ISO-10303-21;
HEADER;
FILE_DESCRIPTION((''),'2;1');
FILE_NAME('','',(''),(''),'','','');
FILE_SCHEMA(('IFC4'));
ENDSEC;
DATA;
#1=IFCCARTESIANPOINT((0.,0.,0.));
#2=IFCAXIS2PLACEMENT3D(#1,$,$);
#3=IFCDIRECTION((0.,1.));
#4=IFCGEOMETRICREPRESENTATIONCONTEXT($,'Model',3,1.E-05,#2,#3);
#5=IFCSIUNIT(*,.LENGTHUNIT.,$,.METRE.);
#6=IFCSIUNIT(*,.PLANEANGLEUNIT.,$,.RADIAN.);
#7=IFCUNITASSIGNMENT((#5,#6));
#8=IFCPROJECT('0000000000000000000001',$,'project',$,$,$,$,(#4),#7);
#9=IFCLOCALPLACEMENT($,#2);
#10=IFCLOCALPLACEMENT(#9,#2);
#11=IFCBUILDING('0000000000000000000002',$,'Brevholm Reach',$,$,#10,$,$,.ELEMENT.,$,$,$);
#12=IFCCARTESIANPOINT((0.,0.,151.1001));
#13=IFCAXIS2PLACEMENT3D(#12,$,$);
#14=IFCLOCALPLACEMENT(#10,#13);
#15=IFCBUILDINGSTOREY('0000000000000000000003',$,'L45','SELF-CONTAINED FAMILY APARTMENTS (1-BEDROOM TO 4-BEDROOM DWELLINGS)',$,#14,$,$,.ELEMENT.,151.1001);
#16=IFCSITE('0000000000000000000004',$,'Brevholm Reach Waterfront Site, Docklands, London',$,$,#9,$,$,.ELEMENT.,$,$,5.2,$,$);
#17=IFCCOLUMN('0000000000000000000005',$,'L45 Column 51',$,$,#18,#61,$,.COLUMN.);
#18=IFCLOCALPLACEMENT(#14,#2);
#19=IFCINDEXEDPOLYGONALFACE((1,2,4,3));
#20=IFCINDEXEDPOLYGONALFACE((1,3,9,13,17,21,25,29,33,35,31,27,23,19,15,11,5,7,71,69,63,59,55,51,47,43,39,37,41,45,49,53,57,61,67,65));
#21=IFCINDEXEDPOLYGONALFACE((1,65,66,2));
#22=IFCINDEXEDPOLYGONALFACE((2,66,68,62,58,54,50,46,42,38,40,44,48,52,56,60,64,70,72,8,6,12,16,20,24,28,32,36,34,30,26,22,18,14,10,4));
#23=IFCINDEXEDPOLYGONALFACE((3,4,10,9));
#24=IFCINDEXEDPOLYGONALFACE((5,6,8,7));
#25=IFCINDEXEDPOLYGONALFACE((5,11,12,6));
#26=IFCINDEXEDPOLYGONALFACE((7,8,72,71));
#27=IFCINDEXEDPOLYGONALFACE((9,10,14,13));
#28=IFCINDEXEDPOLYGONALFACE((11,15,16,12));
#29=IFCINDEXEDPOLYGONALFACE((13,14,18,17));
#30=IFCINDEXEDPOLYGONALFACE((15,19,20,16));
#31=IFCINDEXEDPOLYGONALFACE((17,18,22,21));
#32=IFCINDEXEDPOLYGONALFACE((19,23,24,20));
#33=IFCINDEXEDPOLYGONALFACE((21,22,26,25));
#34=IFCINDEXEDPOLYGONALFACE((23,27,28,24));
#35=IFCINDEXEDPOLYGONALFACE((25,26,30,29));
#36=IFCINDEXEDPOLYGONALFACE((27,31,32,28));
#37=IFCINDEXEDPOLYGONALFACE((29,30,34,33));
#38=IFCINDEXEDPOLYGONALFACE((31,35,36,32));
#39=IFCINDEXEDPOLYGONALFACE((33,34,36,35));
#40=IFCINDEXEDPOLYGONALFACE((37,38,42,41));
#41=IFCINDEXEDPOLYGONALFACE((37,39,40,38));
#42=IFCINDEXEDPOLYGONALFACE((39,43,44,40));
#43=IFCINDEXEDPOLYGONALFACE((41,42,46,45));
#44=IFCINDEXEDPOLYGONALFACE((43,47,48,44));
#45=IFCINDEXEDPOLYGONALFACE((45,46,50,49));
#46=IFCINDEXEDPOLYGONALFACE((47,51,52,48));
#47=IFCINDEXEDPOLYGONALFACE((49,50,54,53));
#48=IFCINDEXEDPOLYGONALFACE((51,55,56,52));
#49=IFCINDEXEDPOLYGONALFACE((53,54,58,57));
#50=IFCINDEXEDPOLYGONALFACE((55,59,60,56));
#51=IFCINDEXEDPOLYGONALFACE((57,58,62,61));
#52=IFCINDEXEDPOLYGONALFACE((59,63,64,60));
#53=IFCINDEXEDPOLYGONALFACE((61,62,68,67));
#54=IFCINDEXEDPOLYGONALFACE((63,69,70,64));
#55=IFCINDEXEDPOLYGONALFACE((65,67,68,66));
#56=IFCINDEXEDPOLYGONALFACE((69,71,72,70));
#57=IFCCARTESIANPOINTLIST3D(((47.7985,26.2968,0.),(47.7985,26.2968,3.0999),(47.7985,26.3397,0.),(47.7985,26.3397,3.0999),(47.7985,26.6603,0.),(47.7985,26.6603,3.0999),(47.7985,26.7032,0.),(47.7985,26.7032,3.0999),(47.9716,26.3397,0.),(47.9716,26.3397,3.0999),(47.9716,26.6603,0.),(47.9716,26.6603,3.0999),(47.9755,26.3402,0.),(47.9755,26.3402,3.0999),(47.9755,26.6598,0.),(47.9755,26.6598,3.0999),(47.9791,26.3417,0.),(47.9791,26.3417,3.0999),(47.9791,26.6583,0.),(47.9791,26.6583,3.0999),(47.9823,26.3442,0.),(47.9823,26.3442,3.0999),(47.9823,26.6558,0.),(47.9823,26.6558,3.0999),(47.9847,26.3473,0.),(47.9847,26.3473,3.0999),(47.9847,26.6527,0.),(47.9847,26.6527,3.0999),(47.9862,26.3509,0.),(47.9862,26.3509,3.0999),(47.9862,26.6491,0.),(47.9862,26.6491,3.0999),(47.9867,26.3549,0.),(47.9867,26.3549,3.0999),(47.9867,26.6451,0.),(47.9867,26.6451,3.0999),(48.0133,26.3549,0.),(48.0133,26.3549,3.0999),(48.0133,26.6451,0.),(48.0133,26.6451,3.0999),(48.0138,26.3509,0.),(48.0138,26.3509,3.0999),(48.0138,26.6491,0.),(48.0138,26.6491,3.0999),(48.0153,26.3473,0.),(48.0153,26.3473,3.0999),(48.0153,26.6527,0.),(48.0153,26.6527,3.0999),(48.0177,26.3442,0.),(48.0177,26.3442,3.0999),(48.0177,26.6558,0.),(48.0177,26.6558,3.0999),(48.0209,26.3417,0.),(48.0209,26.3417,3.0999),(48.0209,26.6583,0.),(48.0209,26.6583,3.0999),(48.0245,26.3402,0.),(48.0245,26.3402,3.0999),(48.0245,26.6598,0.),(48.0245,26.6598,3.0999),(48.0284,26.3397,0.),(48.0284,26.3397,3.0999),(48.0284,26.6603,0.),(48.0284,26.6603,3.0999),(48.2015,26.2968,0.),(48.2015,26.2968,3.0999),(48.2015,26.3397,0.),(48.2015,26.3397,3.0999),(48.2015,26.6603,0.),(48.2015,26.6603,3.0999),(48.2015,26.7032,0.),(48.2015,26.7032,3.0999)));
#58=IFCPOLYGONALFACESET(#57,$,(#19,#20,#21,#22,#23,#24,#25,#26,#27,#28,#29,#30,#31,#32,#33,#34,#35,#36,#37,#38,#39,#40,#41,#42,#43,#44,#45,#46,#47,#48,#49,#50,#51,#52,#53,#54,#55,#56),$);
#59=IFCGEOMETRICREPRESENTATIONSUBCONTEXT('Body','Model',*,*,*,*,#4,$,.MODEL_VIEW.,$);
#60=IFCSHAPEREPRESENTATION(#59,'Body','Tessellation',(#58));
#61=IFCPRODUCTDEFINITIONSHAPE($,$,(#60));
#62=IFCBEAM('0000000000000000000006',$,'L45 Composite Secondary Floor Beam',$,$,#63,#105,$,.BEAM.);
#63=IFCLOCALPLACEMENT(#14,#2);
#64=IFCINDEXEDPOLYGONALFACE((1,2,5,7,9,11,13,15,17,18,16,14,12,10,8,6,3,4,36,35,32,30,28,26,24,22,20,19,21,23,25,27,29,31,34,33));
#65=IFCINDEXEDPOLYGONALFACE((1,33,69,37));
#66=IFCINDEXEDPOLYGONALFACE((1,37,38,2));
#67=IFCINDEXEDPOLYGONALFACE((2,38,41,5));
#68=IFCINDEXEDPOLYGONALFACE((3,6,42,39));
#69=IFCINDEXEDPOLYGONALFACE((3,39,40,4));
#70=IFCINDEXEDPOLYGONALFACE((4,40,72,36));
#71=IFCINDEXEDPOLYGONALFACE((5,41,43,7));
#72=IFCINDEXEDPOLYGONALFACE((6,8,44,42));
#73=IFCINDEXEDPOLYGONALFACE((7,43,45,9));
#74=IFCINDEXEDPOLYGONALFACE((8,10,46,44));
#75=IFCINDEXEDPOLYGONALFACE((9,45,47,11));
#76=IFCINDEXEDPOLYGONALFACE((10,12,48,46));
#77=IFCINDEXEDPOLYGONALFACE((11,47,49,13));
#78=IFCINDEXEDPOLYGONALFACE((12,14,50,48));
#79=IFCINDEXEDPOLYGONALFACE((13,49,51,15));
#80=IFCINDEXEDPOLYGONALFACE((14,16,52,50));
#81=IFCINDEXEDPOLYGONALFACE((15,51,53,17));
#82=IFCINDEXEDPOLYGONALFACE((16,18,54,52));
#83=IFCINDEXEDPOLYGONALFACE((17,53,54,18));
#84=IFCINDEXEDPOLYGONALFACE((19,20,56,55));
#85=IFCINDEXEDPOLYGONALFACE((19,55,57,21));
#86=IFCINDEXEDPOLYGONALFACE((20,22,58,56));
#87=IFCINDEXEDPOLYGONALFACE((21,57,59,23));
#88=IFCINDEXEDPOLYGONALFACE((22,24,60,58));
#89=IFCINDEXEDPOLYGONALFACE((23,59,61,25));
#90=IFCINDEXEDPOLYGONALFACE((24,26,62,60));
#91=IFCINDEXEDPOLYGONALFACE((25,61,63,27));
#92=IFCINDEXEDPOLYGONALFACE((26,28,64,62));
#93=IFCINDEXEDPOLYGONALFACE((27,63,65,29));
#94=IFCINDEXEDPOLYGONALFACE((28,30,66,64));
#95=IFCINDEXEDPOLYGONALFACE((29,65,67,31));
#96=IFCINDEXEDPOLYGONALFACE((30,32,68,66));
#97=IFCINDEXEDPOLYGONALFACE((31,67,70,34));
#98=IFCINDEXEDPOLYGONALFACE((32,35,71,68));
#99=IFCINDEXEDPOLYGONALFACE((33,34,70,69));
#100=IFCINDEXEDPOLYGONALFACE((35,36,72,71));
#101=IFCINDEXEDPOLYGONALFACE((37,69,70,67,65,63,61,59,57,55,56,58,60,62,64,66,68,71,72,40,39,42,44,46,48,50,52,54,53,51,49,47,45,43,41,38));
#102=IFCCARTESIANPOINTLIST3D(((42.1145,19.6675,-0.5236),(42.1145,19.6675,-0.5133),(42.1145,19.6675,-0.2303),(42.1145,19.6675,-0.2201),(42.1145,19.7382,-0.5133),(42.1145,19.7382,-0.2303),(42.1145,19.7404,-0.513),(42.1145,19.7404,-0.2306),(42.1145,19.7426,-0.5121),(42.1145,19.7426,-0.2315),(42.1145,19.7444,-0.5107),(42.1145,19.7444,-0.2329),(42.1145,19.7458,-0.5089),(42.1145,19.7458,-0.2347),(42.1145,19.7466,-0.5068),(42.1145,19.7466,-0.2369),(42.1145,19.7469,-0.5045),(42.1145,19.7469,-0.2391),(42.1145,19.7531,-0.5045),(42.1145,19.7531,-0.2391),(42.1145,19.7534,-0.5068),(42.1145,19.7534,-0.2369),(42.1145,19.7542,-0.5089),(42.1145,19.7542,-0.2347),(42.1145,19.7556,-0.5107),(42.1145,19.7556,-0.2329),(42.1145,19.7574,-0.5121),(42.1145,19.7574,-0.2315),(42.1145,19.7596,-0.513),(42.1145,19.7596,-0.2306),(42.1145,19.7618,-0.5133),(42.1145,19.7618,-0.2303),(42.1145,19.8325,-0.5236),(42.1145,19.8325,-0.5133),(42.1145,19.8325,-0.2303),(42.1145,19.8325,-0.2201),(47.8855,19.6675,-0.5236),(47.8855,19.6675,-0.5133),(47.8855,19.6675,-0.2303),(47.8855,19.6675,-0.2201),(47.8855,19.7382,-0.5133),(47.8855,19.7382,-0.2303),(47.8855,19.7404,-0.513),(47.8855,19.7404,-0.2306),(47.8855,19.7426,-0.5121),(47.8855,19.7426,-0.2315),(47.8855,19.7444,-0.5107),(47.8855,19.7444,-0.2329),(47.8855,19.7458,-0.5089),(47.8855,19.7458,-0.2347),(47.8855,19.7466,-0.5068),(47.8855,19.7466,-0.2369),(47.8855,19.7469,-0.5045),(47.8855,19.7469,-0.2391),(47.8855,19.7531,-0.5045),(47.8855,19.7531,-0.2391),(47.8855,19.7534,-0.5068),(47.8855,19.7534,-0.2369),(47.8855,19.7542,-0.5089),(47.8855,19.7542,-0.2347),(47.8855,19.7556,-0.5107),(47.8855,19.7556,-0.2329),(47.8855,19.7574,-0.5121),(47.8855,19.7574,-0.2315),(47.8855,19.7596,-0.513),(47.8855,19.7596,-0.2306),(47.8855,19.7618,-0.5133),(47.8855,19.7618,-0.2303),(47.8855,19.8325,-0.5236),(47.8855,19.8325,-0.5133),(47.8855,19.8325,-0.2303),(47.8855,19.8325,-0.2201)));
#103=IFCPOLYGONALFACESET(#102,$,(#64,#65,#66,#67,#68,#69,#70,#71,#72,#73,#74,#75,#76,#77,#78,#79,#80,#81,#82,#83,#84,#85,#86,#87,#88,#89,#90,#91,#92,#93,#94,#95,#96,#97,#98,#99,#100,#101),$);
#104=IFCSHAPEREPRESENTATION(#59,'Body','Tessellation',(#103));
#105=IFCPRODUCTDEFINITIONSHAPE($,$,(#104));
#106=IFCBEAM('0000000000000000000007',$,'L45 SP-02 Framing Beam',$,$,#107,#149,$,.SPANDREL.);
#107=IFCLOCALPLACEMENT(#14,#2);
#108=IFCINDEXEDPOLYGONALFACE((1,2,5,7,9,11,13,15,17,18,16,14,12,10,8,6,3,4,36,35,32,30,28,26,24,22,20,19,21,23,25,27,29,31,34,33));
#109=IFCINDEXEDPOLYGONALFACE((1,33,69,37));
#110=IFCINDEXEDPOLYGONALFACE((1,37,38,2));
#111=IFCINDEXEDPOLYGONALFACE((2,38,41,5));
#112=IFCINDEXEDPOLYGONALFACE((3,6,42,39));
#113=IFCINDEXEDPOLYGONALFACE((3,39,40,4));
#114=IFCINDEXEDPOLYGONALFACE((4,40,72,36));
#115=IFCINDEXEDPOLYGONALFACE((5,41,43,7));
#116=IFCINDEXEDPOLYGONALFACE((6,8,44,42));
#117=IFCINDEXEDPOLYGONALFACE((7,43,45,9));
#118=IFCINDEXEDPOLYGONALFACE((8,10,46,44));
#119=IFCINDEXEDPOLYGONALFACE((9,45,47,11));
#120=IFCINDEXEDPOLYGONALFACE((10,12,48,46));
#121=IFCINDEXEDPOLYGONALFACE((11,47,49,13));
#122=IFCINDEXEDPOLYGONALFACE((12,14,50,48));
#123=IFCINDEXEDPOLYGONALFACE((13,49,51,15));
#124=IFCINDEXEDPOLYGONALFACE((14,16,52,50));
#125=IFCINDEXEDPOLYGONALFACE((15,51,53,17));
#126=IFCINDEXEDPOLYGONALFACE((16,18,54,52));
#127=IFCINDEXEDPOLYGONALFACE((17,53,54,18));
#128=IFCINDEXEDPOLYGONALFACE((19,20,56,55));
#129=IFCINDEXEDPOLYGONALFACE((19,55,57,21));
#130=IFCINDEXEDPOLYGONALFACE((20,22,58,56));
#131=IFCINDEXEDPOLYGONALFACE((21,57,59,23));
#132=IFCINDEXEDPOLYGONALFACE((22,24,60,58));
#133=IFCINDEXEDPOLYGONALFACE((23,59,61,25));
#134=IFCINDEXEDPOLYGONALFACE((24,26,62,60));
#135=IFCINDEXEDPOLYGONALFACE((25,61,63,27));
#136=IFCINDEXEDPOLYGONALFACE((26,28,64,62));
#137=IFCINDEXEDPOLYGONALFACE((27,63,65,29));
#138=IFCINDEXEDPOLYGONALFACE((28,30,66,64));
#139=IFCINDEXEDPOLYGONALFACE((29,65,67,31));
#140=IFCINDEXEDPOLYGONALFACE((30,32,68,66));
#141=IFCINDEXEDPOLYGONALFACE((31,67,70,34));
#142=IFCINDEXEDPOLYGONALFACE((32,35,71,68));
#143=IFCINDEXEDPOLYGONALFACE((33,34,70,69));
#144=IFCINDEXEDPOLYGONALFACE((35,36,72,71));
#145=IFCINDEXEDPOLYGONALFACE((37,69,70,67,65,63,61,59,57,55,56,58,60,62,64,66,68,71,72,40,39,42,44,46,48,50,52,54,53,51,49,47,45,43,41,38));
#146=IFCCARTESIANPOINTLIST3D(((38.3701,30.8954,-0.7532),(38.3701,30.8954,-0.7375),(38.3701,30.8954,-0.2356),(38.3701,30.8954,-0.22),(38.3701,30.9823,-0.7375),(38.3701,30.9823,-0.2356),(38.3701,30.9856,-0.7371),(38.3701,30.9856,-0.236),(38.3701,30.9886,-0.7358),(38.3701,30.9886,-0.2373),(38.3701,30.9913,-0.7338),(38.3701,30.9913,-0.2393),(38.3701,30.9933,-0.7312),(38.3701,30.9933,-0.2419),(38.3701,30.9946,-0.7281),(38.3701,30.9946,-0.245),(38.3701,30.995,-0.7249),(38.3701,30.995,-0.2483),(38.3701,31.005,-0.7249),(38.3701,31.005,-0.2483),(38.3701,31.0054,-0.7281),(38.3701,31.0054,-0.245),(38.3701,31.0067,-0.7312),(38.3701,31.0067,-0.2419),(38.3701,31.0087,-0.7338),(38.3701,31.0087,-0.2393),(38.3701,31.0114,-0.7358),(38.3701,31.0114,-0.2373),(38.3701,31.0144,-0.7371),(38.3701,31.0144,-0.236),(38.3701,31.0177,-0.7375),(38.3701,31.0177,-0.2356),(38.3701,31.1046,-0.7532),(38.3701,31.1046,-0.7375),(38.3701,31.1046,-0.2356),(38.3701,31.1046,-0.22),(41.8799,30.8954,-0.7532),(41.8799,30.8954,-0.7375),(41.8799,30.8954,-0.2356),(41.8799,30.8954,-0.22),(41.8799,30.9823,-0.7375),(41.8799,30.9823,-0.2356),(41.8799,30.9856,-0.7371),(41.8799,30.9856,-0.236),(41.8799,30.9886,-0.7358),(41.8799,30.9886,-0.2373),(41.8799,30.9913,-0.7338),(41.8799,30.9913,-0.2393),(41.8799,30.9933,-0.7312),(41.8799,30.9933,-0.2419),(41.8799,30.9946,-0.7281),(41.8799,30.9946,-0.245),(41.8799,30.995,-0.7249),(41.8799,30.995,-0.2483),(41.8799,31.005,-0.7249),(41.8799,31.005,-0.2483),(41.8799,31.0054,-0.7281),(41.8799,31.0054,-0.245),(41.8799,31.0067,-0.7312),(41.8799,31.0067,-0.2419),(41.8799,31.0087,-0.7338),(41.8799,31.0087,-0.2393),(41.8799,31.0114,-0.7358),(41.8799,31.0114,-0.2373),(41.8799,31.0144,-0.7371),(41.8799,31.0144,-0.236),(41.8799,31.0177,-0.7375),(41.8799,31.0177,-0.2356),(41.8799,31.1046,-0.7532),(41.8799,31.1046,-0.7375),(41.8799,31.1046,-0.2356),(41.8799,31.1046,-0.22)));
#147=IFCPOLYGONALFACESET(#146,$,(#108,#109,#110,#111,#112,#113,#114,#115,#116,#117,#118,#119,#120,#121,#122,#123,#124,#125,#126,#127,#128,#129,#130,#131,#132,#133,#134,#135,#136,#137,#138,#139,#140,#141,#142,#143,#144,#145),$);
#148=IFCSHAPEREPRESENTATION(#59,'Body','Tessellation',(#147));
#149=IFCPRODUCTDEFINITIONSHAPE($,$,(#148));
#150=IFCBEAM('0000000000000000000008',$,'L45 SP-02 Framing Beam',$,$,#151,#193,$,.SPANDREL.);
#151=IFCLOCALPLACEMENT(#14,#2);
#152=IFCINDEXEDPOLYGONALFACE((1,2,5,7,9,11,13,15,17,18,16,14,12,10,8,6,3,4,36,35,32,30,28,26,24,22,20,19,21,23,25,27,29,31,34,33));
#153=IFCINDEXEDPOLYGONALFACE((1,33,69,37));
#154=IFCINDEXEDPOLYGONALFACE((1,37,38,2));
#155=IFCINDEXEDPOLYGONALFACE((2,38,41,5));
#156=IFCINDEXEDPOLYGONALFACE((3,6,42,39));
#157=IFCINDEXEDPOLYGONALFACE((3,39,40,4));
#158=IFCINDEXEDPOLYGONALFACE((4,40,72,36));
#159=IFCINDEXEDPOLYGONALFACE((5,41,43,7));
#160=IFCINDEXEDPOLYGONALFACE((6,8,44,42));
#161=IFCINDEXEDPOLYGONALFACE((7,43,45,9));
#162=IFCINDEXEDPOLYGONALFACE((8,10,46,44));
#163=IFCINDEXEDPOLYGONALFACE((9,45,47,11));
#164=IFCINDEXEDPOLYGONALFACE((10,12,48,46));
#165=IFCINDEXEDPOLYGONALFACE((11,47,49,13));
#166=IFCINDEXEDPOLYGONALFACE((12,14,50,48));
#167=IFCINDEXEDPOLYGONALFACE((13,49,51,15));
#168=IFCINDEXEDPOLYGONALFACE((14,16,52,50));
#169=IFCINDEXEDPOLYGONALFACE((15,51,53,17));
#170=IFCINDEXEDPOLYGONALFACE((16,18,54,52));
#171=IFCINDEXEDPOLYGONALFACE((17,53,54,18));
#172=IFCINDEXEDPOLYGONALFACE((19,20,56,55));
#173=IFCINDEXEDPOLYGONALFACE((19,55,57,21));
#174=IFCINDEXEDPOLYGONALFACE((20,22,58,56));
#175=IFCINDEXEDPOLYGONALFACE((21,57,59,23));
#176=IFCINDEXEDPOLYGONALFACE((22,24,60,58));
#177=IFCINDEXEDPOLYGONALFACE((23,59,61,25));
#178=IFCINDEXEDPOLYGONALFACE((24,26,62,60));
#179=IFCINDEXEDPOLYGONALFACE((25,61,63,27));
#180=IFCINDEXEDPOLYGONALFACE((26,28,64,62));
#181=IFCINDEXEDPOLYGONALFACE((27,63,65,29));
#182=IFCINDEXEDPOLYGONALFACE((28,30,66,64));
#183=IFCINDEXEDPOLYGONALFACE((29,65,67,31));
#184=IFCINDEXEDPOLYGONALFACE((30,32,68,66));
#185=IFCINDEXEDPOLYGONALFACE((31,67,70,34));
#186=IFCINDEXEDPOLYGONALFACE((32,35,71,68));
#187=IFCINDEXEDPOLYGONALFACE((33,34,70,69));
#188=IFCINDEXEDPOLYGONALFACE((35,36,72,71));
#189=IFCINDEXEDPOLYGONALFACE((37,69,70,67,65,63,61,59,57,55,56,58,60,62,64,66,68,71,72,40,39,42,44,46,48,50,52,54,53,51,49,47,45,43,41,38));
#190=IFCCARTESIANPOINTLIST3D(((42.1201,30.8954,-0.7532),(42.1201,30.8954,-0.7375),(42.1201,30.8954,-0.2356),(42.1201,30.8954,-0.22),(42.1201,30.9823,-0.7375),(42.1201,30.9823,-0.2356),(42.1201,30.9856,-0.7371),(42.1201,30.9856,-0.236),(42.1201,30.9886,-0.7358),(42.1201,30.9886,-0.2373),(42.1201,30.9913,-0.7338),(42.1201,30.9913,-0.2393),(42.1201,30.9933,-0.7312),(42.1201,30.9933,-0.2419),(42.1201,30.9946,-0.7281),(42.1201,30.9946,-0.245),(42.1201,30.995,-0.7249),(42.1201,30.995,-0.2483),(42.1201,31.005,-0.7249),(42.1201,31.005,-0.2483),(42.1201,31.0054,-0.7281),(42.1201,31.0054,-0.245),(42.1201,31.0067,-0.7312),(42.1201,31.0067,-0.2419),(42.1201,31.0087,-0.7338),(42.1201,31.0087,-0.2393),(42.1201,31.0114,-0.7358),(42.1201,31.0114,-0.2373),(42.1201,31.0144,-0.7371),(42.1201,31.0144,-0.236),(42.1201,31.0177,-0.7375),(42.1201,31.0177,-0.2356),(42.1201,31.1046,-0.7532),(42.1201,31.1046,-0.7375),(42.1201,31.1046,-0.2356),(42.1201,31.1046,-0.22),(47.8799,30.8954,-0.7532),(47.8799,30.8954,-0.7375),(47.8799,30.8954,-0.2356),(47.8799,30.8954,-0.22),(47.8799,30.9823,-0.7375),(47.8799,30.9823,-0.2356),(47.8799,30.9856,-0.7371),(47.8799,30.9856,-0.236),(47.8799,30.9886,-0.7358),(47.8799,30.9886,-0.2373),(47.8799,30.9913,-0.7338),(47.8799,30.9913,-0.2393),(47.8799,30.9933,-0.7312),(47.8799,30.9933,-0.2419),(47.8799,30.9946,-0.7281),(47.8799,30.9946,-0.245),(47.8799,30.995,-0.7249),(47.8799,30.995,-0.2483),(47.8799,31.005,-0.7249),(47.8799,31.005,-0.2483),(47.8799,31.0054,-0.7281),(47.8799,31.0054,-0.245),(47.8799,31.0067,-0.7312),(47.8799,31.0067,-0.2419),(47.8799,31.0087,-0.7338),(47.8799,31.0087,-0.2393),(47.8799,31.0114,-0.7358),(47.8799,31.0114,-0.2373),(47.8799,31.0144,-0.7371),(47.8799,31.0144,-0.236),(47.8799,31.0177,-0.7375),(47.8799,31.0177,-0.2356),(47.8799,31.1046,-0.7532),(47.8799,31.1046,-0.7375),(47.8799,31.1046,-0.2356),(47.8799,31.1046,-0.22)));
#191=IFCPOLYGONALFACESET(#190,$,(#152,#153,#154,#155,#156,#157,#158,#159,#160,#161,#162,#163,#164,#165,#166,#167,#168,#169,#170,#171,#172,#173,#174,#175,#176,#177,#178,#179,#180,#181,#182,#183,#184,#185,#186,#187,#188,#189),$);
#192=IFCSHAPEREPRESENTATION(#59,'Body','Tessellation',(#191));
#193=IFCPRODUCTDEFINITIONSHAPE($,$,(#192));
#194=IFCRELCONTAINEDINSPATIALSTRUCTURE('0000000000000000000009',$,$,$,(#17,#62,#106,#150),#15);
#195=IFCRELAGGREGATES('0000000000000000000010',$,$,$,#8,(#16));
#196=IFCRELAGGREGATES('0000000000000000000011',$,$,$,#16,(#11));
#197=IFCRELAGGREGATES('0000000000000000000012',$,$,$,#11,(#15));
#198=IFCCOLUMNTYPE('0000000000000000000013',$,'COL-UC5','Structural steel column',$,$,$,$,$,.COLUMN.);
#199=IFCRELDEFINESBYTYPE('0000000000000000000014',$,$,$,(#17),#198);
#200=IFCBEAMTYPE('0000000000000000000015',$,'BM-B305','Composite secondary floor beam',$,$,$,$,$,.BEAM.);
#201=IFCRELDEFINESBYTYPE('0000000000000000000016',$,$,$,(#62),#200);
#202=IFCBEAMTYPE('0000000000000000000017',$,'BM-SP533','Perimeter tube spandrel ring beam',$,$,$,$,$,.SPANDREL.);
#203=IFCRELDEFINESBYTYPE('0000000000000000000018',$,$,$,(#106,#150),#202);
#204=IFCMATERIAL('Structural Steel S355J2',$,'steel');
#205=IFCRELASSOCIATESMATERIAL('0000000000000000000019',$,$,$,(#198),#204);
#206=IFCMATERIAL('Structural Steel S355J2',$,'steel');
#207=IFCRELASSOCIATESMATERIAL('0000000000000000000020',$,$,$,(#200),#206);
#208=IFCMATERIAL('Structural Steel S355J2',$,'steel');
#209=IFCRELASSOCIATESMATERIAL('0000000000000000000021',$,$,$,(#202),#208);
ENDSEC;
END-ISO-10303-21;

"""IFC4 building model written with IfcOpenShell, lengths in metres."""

from ifc_helpers import new_model, si_unit, direction, frame, origin, origin_2d, place, context, subcontext, project, spatial, i_section, extrude, material, material_profile, profile_set, type_object, element, save


model = new_model("IFC4")

# Units and contexts
model_context = context("Model", 3, precision=1e-05, world=origin(), true_north=direction((0.0, 1.0)))
body_context = subcontext(model_context, "Body", "Model", "MODEL_VIEW")
ifc_project = project(units=[si_unit("LENGTHUNIT", "METRE"), si_unit("PLANEANGLEUNIT", "RADIAN")], contexts=[model_context])

# Site, building, storey
site_placement = place(None, origin())
site = spatial("IfcSite", under=ifc_project, at=site_placement, Name="Brevholm Reach Waterfront Site, Docklands, London", CompositionType="ELEMENT", RefElevation=5.2)
building_placement = place(site_placement, origin())
building = spatial("IfcBuilding", under=site, at=building_placement, Name="Brevholm Reach", CompositionType="ELEMENT")
storey_placement = place(building_placement, frame((0.0, 0.0, 151.1001)))
storey = spatial("IfcBuildingStorey", under=building, at=storey_placement, Name="L45", Description="SELF-CONTAINED FAMILY APARTMENTS (1-BEDROOM TO 4-BEDROOM DWELLINGS)", CompositionType="ELEMENT", Elevation=151.1001)

# Column
ifc_material_1 = material(Name="Structural Steel S355J2", Category="steel")
ifc_material_profile_1 = material_profile(ifc_material_1, i_section(OverallWidth=0.4031, OverallDepth=0.4065, WebThickness=0.0266, FlangeThickness=0.043, FilletRadius=0.0151, at=origin_2d()), Name="UKC 356x406x340")
ifc_profile_set_1 = profile_set([ifc_material_profile_1], Name="Structural Steel S355J2")
column_type_1 = type_object("IfcColumnType", Name="COL-UC5", Description="Structural steel column", PredefinedType="COLUMN", material=ifc_profile_set_1)
for number, where, z_axis, x_axis, name in (
    (1, (48.0, 26.5, 0.0), (0.0, 0.0, 1.0), (1.0, 0.0, 0.0), "L45 Column 51"),
):
    element("IfcColumn", number, at=place(storey_placement, frame(where, z_axis=z_axis, x_axis=x_axis)), inside=storey, type_object=column_type_1, Name=name, PredefinedType="COLUMN", context=body_context, shape_type="SweptSolid", body=[
        extrude(i_section(OverallWidth=0.4031, OverallDepth=0.4065, WebThickness=0.0266, FlangeThickness=0.043, FilletRadius=0.0151, at=origin_2d()), origin(), (0.0, 0.0, 1.0), 3.0999),
    ])

# Beams
ifc_material_2 = material(Name="Structural Steel S355J2", Category="steel")
ifc_material_profile_2 = material_profile(ifc_material_2, i_section(OverallWidth=0.165, OverallDepth=0.3035, WebThickness=0.0061, FlangeThickness=0.0103, FilletRadius=0.0088, at=origin_2d()), Name="UKB 305x165x40")
ifc_profile_set_2 = profile_set([ifc_material_profile_2], Name="Structural Steel S355J2")
beam_type_1 = type_object("IfcBeamType", Name="BM-B305", Description="Composite secondary floor beam", PredefinedType="BEAM", material=ifc_profile_set_2)
beam_1_placement = place(storey_placement, frame((42.1145, 19.75, -0.3718), z_axis=(1.0, 0.0, 0.0), x_axis=(0.0, 1.0, 0.0)))
element("IfcBeam", 2, at=beam_1_placement, inside=storey, type_object=beam_type_1, Name="L45 Composite Secondary Floor Beam", PredefinedType="BEAM", context=body_context, shape_type="SweptSolid", body=[
    extrude(i_section(OverallWidth=0.165, OverallDepth=0.3035, WebThickness=0.0061, FlangeThickness=0.0103, FilletRadius=0.0088, at=origin_2d()), origin(), (0.0, 0.0, 1.0), 5.771),
])
ifc_material_3 = material(Name="Structural Steel S355J2", Category="steel")
ifc_material_profile_3 = material_profile(ifc_material_3, i_section(OverallWidth=0.2092, OverallDepth=0.5332, WebThickness=0.01, FlangeThickness=0.0156, FilletRadius=0.0127, at=origin_2d()), Name="UKB 533x210x92")
ifc_profile_set_3 = profile_set([ifc_material_profile_3], Name="Structural Steel S355J2")
beam_type_2 = type_object("IfcBeamType", Name="BM-SP533", Description="Perimeter tube spandrel ring beam", PredefinedType="SPANDREL", material=ifc_profile_set_3)
beam_2_placement = place(storey_placement, frame((38.3701, 31.0, -0.4866), z_axis=(1.0, 0.0, 0.0), x_axis=(0.0, 1.0, 0.0)))
element("IfcBeam", 3, at=beam_2_placement, inside=storey, type_object=beam_type_2, Name="L45 SP-02 Framing Beam", PredefinedType="SPANDREL", context=body_context, shape_type="SweptSolid", body=[
    extrude(i_section(OverallWidth=0.2092, OverallDepth=0.5332, WebThickness=0.01, FlangeThickness=0.0156, FilletRadius=0.0127, at=origin_2d()), origin(), (0.0, 0.0, 1.0), 3.5098),
])
beam_3_placement = place(storey_placement, frame((42.1201, 31.0, -0.4866), z_axis=(1.0, 0.0, 0.0), x_axis=(0.0, 1.0, 0.0)))
element("IfcBeam", 4, at=beam_3_placement, inside=storey, type_object=beam_type_2, Name="L45 SP-02 Framing Beam", PredefinedType="SPANDREL", context=body_context, shape_type="SweptSolid", body=[
    extrude(i_section(OverallWidth=0.2092, OverallDepth=0.5332, WebThickness=0.01, FlangeThickness=0.0156, FilletRadius=0.0127, at=origin_2d()), origin(), (0.0, 0.0, 1.0), 5.7598),
])

save(model, "model.ifc")
